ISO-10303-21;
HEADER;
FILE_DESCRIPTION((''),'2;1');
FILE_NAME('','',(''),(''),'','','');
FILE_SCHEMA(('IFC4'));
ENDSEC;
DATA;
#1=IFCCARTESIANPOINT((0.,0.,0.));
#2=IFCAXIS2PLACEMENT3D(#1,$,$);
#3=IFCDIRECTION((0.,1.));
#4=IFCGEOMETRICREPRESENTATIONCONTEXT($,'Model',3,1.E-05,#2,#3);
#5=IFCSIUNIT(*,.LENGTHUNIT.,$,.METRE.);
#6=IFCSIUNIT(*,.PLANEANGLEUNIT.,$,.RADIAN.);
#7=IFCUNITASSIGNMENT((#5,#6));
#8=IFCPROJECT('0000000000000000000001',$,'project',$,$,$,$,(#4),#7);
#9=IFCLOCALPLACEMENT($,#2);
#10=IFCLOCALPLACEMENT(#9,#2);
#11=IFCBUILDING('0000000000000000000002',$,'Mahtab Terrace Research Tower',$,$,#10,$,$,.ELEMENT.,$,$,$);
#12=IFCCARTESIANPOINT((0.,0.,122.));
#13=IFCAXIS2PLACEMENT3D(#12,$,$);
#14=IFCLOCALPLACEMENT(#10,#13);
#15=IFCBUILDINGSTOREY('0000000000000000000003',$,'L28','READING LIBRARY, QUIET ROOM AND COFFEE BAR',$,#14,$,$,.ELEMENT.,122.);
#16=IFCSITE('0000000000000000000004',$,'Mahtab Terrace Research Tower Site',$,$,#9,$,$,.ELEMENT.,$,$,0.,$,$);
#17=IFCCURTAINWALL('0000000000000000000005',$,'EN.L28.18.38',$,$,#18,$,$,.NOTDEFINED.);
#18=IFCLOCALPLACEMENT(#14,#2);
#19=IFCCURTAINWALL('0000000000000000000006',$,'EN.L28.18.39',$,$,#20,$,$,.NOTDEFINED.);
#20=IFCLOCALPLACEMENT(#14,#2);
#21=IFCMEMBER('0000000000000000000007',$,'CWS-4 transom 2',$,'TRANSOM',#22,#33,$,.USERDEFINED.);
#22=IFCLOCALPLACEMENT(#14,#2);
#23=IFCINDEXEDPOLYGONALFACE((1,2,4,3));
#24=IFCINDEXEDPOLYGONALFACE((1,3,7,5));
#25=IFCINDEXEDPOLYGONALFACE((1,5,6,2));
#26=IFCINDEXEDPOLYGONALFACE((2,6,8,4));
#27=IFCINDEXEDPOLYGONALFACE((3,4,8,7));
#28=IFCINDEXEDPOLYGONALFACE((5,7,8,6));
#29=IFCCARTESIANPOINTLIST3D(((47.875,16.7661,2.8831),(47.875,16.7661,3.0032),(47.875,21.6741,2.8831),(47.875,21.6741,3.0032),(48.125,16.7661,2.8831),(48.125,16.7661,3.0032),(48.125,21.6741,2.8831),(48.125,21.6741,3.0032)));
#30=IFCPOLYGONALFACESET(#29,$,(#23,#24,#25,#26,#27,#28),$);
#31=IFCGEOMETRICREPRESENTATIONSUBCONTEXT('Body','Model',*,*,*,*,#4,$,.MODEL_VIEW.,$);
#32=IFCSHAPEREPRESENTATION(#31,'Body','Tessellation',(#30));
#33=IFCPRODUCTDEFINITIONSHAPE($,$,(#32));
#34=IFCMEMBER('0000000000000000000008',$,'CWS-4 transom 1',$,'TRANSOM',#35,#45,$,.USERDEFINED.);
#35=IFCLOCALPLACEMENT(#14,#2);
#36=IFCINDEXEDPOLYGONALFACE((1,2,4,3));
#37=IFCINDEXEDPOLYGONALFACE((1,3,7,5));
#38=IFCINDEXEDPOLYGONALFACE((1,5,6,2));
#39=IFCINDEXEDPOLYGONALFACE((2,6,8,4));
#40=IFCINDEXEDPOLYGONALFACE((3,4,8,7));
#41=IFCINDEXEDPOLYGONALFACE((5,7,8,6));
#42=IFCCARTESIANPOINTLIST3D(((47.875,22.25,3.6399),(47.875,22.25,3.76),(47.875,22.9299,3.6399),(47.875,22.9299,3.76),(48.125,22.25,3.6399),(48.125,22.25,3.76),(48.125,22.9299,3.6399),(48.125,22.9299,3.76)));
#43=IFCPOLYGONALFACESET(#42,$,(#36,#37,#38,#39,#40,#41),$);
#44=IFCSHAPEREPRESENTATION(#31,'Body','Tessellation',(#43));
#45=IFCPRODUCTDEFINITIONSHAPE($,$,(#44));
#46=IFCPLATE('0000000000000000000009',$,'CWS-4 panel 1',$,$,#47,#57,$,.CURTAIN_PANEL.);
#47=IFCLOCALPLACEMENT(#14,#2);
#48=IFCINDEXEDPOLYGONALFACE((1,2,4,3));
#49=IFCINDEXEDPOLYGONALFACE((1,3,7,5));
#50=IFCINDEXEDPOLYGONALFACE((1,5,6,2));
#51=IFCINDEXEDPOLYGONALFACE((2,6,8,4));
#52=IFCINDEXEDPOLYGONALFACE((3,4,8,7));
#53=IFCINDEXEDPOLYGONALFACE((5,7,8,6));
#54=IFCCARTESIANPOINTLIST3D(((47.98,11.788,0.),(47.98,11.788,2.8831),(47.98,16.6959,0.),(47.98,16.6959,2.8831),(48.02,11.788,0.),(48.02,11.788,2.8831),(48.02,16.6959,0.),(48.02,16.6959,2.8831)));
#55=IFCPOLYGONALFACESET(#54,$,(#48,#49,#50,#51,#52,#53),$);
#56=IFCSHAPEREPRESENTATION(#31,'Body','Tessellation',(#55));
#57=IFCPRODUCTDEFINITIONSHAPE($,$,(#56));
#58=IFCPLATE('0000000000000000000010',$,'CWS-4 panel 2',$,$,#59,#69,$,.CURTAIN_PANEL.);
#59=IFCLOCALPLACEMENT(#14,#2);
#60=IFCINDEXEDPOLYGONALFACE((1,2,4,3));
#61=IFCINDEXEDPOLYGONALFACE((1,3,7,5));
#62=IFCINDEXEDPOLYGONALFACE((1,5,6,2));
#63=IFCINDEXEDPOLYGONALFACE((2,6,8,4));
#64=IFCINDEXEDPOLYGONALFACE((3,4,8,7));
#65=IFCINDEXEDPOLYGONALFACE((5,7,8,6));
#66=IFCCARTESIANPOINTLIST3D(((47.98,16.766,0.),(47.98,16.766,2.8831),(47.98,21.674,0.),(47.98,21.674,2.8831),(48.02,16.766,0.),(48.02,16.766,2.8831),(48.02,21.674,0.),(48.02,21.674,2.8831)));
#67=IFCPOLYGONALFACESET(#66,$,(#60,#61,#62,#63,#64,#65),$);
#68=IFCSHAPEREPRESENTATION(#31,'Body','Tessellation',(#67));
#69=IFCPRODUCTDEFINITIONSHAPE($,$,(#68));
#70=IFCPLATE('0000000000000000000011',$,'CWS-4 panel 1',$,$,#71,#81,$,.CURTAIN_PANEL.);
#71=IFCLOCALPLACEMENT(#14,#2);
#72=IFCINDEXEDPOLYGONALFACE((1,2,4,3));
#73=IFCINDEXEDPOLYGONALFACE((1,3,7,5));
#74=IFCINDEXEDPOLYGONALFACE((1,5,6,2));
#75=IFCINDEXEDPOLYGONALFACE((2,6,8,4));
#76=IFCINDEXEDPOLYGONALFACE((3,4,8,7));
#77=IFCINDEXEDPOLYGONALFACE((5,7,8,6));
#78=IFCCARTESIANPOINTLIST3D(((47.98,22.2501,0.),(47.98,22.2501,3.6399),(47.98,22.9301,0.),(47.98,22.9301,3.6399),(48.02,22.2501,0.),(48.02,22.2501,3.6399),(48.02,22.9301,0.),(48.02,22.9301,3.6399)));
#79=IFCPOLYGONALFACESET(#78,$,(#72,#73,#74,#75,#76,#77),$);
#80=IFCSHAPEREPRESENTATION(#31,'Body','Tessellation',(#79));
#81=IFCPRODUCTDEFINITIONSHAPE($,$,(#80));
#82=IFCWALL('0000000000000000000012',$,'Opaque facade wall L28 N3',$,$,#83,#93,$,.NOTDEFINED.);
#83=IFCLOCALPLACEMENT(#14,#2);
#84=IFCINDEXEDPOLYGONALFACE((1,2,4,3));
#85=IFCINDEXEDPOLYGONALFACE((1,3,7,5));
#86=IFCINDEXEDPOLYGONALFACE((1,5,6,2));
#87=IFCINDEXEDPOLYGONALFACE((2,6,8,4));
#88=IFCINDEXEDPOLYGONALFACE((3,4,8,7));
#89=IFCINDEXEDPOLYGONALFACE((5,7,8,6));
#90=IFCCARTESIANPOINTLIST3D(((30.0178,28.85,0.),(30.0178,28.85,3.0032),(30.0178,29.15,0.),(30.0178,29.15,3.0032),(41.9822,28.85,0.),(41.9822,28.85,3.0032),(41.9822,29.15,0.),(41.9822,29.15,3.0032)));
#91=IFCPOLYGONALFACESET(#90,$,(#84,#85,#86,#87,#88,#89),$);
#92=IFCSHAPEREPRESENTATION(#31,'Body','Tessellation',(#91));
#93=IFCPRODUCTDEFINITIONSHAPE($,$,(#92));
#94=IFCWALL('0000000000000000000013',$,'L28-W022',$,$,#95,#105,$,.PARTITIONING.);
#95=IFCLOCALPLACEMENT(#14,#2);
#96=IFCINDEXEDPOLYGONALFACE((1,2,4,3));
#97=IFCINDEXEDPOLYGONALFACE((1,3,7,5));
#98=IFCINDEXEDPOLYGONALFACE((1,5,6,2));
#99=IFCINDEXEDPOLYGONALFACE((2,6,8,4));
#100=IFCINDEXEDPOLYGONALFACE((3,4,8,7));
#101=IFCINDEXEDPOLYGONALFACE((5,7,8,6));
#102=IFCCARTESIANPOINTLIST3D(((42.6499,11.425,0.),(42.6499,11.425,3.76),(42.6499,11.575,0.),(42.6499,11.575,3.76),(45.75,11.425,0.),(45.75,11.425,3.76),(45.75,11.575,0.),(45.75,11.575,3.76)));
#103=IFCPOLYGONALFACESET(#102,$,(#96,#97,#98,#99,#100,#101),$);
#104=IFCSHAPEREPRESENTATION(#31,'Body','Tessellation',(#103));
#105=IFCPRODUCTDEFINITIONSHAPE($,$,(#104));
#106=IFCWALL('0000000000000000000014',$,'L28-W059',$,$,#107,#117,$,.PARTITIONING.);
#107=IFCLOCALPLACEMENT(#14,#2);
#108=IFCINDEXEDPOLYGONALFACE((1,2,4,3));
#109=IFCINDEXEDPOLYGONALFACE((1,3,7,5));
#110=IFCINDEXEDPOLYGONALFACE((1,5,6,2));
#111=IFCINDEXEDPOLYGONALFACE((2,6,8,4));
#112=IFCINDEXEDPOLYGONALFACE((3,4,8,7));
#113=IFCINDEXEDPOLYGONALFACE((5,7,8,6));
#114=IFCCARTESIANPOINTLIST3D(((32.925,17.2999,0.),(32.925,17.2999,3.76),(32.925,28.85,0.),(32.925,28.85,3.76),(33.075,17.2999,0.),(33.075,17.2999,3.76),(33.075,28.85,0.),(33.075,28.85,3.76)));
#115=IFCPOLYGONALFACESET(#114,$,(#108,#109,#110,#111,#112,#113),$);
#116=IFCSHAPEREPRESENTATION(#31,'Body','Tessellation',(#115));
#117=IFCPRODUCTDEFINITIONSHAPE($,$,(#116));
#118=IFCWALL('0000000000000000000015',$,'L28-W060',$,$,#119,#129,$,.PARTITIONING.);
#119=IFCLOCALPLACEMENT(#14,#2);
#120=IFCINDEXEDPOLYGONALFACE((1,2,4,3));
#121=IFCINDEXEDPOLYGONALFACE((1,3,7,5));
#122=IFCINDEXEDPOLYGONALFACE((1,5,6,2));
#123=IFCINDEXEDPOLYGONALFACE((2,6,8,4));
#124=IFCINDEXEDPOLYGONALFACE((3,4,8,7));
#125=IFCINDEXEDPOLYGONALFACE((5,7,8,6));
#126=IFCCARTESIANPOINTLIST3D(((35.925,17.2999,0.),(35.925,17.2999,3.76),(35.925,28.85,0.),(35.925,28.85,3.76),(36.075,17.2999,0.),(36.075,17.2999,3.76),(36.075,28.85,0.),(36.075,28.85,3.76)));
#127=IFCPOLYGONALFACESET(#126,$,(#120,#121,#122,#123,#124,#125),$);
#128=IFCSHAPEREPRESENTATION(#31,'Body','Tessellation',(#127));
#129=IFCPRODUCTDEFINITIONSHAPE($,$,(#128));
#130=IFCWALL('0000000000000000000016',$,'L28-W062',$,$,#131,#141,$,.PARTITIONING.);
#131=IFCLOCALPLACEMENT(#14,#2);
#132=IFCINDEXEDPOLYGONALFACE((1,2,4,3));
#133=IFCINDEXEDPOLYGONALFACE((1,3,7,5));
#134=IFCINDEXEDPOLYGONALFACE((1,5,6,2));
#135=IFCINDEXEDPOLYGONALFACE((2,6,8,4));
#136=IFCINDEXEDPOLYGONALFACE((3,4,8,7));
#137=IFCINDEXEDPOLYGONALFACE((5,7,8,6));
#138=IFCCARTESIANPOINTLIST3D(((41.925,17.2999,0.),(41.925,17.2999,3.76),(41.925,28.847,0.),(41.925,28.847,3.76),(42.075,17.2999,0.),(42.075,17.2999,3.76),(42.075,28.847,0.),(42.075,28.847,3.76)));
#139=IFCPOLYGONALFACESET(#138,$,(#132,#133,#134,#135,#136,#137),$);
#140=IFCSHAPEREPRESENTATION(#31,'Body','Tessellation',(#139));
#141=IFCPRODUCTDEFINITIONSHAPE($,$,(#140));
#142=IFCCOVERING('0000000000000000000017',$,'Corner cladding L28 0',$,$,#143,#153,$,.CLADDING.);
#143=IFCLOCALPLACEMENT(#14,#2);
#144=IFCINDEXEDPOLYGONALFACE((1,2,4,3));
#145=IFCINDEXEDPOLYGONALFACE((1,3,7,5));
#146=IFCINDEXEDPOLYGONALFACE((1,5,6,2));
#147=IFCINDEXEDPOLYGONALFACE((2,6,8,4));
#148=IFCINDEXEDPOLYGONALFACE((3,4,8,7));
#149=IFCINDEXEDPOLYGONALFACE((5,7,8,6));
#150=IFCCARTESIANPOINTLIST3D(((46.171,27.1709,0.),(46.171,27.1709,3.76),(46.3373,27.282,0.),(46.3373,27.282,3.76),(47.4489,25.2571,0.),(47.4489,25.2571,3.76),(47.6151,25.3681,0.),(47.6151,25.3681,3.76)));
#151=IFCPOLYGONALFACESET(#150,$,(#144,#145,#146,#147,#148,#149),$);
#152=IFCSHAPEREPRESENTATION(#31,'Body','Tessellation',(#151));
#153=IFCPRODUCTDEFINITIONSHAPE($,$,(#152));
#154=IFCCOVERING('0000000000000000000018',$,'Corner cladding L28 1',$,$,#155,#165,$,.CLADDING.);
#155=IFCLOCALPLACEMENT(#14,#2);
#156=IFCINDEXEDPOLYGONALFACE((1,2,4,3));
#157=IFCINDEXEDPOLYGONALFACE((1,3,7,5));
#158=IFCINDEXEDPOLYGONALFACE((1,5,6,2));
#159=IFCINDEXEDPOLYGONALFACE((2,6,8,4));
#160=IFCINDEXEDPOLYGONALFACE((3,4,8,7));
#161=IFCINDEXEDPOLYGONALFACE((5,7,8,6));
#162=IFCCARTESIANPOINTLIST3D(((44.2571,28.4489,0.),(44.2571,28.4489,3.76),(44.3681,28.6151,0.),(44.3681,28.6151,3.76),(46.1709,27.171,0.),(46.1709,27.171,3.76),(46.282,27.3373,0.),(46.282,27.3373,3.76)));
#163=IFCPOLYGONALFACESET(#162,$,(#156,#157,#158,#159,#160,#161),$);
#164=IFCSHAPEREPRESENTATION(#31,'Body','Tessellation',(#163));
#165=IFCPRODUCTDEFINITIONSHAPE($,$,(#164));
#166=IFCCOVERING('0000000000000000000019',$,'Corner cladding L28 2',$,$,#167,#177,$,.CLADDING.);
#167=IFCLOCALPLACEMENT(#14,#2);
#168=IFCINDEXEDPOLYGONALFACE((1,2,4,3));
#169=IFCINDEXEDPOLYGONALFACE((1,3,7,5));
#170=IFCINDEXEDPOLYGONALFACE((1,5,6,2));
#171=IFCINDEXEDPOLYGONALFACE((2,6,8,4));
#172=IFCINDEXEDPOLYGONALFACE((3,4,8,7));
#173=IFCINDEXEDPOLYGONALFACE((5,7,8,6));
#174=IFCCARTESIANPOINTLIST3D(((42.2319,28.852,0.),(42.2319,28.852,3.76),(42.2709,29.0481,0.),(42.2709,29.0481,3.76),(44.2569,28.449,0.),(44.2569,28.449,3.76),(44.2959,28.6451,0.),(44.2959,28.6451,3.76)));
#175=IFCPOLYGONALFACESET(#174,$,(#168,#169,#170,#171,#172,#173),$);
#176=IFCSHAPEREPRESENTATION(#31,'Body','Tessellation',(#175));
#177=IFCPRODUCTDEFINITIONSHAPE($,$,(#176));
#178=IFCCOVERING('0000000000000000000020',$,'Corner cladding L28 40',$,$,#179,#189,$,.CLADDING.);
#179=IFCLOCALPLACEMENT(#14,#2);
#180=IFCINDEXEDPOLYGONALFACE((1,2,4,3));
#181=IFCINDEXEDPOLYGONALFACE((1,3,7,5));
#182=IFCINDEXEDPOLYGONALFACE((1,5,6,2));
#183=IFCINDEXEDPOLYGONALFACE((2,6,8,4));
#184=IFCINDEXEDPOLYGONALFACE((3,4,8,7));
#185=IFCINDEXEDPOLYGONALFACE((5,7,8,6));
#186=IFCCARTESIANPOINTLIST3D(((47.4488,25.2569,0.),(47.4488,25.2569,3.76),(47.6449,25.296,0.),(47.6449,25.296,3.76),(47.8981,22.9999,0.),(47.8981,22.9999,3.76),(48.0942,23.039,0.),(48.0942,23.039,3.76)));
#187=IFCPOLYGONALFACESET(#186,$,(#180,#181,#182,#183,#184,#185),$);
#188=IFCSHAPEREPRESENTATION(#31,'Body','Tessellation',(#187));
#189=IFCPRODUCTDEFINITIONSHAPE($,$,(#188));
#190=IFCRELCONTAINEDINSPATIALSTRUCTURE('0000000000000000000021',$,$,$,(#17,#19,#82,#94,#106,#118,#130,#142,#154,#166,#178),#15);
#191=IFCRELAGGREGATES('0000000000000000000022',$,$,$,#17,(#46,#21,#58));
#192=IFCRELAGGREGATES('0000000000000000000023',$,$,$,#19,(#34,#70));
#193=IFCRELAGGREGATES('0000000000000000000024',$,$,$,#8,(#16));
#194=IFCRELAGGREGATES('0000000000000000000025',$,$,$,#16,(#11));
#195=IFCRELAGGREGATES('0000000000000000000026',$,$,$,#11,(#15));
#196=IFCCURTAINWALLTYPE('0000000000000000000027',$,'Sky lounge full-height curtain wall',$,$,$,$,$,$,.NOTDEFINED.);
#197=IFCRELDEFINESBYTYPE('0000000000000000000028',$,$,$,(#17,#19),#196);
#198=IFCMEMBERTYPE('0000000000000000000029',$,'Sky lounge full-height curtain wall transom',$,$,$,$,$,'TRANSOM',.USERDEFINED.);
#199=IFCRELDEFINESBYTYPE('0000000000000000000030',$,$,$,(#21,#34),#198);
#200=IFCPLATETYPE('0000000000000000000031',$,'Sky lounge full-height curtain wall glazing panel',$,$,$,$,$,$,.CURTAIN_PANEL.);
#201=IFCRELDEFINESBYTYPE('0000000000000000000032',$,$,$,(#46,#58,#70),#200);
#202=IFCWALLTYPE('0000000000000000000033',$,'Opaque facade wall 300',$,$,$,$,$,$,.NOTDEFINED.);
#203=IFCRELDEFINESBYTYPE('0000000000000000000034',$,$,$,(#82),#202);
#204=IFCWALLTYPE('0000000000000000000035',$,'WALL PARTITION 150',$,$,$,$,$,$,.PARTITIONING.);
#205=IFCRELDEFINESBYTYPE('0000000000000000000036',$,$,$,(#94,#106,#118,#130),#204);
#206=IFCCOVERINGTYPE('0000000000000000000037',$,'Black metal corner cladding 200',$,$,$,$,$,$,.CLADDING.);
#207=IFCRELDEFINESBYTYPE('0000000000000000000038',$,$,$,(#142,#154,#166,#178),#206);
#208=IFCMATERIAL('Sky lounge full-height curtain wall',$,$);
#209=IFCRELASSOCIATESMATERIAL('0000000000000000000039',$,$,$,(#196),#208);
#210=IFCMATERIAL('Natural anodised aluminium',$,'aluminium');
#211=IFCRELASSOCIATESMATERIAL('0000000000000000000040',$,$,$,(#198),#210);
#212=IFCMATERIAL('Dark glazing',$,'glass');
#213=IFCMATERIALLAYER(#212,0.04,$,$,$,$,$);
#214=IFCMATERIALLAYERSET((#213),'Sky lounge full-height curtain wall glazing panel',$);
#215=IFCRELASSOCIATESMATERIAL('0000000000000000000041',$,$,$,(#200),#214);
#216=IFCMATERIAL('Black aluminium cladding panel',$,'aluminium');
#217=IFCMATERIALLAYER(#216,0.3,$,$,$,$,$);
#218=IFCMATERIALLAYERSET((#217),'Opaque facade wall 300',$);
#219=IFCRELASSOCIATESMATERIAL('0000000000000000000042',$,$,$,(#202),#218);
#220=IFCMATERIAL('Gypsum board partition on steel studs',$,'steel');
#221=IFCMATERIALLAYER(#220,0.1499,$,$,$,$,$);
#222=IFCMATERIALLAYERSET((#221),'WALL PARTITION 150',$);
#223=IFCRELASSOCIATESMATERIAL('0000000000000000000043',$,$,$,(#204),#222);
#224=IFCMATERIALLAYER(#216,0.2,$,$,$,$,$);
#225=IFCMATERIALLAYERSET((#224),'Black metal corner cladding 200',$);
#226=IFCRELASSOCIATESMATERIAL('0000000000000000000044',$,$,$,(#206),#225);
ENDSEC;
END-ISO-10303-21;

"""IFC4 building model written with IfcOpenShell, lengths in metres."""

from ifc_helpers import new_model, si_unit, direction, frame, frame_2d, origin, origin_2d, place, context, subcontext, project, spatial, rectangle, extrude, material, layer, layer_set, material_profile, profile_set, type_object, element, aggregate, save


model = new_model("IFC4")

# Units and contexts
model_context = context("Model", 3, precision=1e-05, world=origin(), true_north=direction((0.0, 1.0)))
body_context = subcontext(model_context, "Body", "Model", "MODEL_VIEW")
ifc_project = project(units=[si_unit("LENGTHUNIT", "METRE"), si_unit("PLANEANGLEUNIT", "RADIAN")], contexts=[model_context])

# Site, building, storey
site_placement = place(None, origin())
site = spatial("IfcSite", under=ifc_project, at=site_placement, Name="Mahtab Terrace Research Tower Site", CompositionType="ELEMENT", RefElevation=0.0)
building_placement = place(site_placement, origin())
building = spatial("IfcBuilding", under=site, at=building_placement, Name="Mahtab Terrace Research Tower", CompositionType="ELEMENT")
storey_placement = place(building_placement, frame((0.0, 0.0, 122.0)))
storey = spatial("IfcBuildingStorey", under=building, at=storey_placement, Name="L28", Description="READING LIBRARY, QUIET ROOM AND COFFEE BAR", CompositionType="ELEMENT", Elevation=122.0)

# Curtain walls
ifc_material_1 = material(Name="Sky lounge full-height curtain wall")
curtain_wall_type = type_object("IfcCurtainWallType", Name="Sky lounge full-height curtain wall", PredefinedType="NOTDEFINED", material=ifc_material_1)
curtain_wall_1_placement = place(storey_placement, origin())
curtain_wall_1 = element("IfcCurtainWall", 1, at=curtain_wall_1_placement, inside=storey, type_object=curtain_wall_type, Name="EN.L28.18.38", PredefinedType="NOTDEFINED")
ifc_material_2 = material(Name="Natural anodised aluminium", Category="aluminium")
curtain_wall_2_placement = place(storey_placement, origin())
curtain_wall_2 = element("IfcCurtainWall", 2, at=curtain_wall_2_placement, inside=storey, type_object=curtain_wall_type, Name="EN.L28.18.39", PredefinedType="NOTDEFINED")

# Members
ifc_material_profile_1 = material_profile(ifc_material_2, rectangle(XDim=0.25, YDim=0.1201, at=origin_2d()), Name="TRANSOM 120x250")
ifc_profile_set_1 = profile_set([ifc_material_profile_1], Name="Natural anodised aluminium")
member_type_1 = type_object("IfcMemberType", Name="Sky lounge full-height curtain wall transom", ElementType="TRANSOM", PredefinedType="USERDEFINED", material=ifc_profile_set_1)
member_1_placement = place(storey_placement, frame((48.0, 16.7661, 2.9431), z_axis=(0.0, 1.0, 0.0), x_axis=(-1.0, 0.0, 0.0)))
member_1 = element("IfcMember", 3, at=member_1_placement, type_object=member_type_1, Name="CWS-4 transom 2", ObjectType="TRANSOM", PredefinedType="USERDEFINED", context=body_context, shape_type="SweptSolid", body=[
    extrude(rectangle(XDim=0.25, YDim=0.1201, at=origin_2d()), origin(), (0.0, 0.0, 1.0), 4.908),
])
member_2_placement = place(storey_placement, frame((48.0, 22.25, 3.7), z_axis=(0.0, 1.0, 0.0), x_axis=(-1.0, 0.0, 0.0)))
member_2 = element("IfcMember", 4, at=member_2_placement, type_object=member_type_1, Name="CWS-4 transom 1", ObjectType="TRANSOM", PredefinedType="USERDEFINED", context=body_context, shape_type="SweptSolid", body=[
    extrude(rectangle(XDim=0.25, YDim=0.1201, at=origin_2d()), origin(), (0.0, 0.0, 1.0), 0.6799),
])

# Plates
ifc_material_3 = material(Name="Dark glazing", Category="glass")
ifc_layer_1 = layer(ifc_material_3, 0.04)
ifc_layer_set_1 = layer_set([ifc_layer_1], Name="Sky lounge full-height curtain wall glazing panel")
plate_type = type_object("IfcPlateType", Name="Sky lounge full-height curtain wall glazing panel", PredefinedType="CURTAIN_PANEL", material=ifc_layer_set_1)
plate_1_placement = place(storey_placement, frame((48.0, 14.2419, 0.0), z_axis=(0.0, 0.0, 1.0), x_axis=(0.0, 1.0, 0.0)))
plate_1 = element("IfcPlate", 5, at=plate_1_placement, type_object=plate_type, Name="CWS-4 panel 1", PredefinedType="CURTAIN_PANEL", context=body_context, shape_type="SweptSolid", body=[
    extrude(rectangle(XDim=4.908, YDim=0.04, at=origin_2d()), origin(), (0.0, 0.0, 1.0), 2.8831),
])
plate_2_placement = place(storey_placement, frame((48.0, 19.22, 0.0), z_axis=(0.0, 0.0, 1.0), x_axis=(0.0, 1.0, 0.0)))
plate_2 = element("IfcPlate", 6, at=plate_2_placement, type_object=plate_type, Name="CWS-4 panel 2", PredefinedType="CURTAIN_PANEL", context=body_context, shape_type="SweptSolid", body=[
    extrude(rectangle(XDim=4.908, YDim=0.04, at=origin_2d()), origin(), (0.0, 0.0, 1.0), 2.8831),
])
aggregate(curtain_wall_1, [plate_1, member_1, plate_2])
plate_3_placement = place(storey_placement, frame((48.0, 22.5901, 0.0), z_axis=(0.0, 0.0, 1.0), x_axis=(0.0, 1.0, 0.0)))
plate_3 = element("IfcPlate", 7, at=plate_3_placement, type_object=plate_type, Name="CWS-4 panel 1", PredefinedType="CURTAIN_PANEL", context=body_context, shape_type="SweptSolid", body=[
    extrude(rectangle(XDim=0.6799, YDim=0.04, at=origin_2d()), origin(), (0.0, 0.0, 1.0), 3.6399),
])
aggregate(curtain_wall_2, [member_2, plate_3])

# Walls
ifc_material_4 = material(Name="Black aluminium cladding panel", Category="aluminium")
ifc_layer_2 = layer(ifc_material_4, 0.3)
ifc_layer_set_2 = layer_set([ifc_layer_2], Name="Opaque facade wall 300")
wall_type_1 = type_object("IfcWallType", Name="Opaque facade wall 300", PredefinedType="NOTDEFINED", material=ifc_layer_set_2)
wall_1_placement = place(storey_placement, frame((41.9822, 29.0, 0.0), z_axis=(0.0, 0.0, 1.0), x_axis=(-1.0, 0.0, 0.0)))
element("IfcWall", 8, at=wall_1_placement, inside=storey, type_object=wall_type_1, Name="Opaque facade wall L28 N3", PredefinedType="NOTDEFINED", context=body_context, shape_type="SweptSolid", body=[
    extrude(rectangle(XDim=11.9644, YDim=0.3, at=frame_2d((5.9822, 0.0))), origin(), (0.0, 0.0, 1.0), 3.0032),
])
ifc_material_5 = material(Name="Gypsum board partition on steel studs", Category="steel")
ifc_layer_3 = layer(ifc_material_5, 0.1499)
ifc_layer_set_3 = layer_set([ifc_layer_3], Name="WALL PARTITION 150")
wall_type_2 = type_object("IfcWallType", Name="WALL PARTITION 150", PredefinedType="PARTITIONING", material=ifc_layer_set_3)
wall_2_placement = place(storey_placement, frame((42.6499, 11.5, 0.0), z_axis=(0.0, 0.0, 1.0), x_axis=(1.0, 0.0, 0.0)))
element("IfcWall", 9, at=wall_2_placement, inside=storey, type_object=wall_type_2, Name="L28-W022", PredefinedType="PARTITIONING", context=body_context, shape_type="SweptSolid", body=[
    extrude(rectangle(XDim=3.1001, YDim=0.1499, at=frame_2d((1.55, 0.0))), origin(), (0.0, 0.0, 1.0), 3.76),
])
for number, where, z_axis, x_axis, name in (
    (10, (33.0, 17.3, 0.0), (0.0, 0.0, 1.0), (0.0, 1.0, 0.0), "L28-W059"),
    (11, (36.0, 17.3, 0.0), (0.0, 0.0, 1.0), (0.0, 1.0, 0.0), "L28-W060"),
):
    element("IfcWall", number, at=place(storey_placement, frame(where, z_axis=z_axis, x_axis=x_axis)), inside=storey, type_object=wall_type_2, Name=name, PredefinedType="PARTITIONING", context=body_context, shape_type="SweptSolid", body=[
        extrude(rectangle(XDim=11.55, YDim=0.1499, at=frame_2d((5.7749, 0.0))), origin(), (0.0, 0.0, 1.0), 3.76),
    ])
wall_3_placement = place(storey_placement, frame((42.0, 17.3, 0.0), z_axis=(0.0, 0.0, 1.0), x_axis=(0.0, 1.0, 0.0)))
element("IfcWall", 12, at=wall_3_placement, inside=storey, type_object=wall_type_2, Name="L28-W062", PredefinedType="PARTITIONING", context=body_context, shape_type="SweptSolid", body=[
    extrude(rectangle(XDim=11.5471, YDim=0.1499, at=frame_2d((5.7734, 0.0))), origin(), (0.0, 0.0, 1.0), 3.76),
])

# Coverings
ifc_layer_4 = layer(ifc_material_4, 0.2)
ifc_layer_set_4 = layer_set([ifc_layer_4], Name="Black metal corner cladding 200")
covering_type_1 = type_object("IfcCoveringType", Name="Black metal corner cladding 200", PredefinedType="CLADDING", material=ifc_layer_set_4)
for number, where, z_axis, x_axis, name in (
    (13, (46.8931, 26.2695, 0.0), (0.0, 0.0, 1.0), (-0.555291, 0.831656, 0.0), "Corner cladding L28 0"),
    (14, (45.2695, 27.8931, 0.0), (0.0, 0.0, 1.0), (-0.831656, 0.555291, 0.0), "Corner cladding L28 1"),
):
    element("IfcCovering", number, at=place(storey_placement, frame(where, z_axis=z_axis, x_axis=x_axis)), inside=storey, type_object=covering_type_1, Name=name, PredefinedType="CLADDING", context=body_context, shape_type="SweptSolid", body=[
        extrude(rectangle(XDim=2.3013, YDim=0.2, at=origin_2d()), origin(), (0.0, 0.0, 1.0), 3.76),
    ])
covering_1_placement = place(storey_placement, frame((43.2639, 28.7485, 0.0), z_axis=(0.0, 0.0, 1.0), x_axis=(-0.980761, 0.195212, 0.0)))
element("IfcCovering", 15, at=covering_1_placement, inside=storey, type_object=covering_type_1, Name="Corner cladding L28 2", PredefinedType="CLADDING", context=body_context, shape_type="SweptSolid", body=[
    extrude(rectangle(XDim=2.0647, YDim=0.2, at=origin_2d()), origin(), (0.0, 0.0, 1.0), 3.76),
])
covering_2_placement = place(storey_placement, frame((47.7715, 24.1479, 0.0), z_axis=(0.0, 0.0, 1.0), x_axis=(-0.195212, 0.980761, 0.0)))
element("IfcCovering", 16, at=covering_2_placement, inside=storey, type_object=covering_type_1, Name="Corner cladding L28 40", PredefinedType="CLADDING", context=body_context, shape_type="SweptSolid", body=[
    extrude(rectangle(XDim=2.3013, YDim=0.2, at=origin_2d()), origin(), (0.0, 0.0, 1.0), 3.76),
])

save(model, "model.ifc")
